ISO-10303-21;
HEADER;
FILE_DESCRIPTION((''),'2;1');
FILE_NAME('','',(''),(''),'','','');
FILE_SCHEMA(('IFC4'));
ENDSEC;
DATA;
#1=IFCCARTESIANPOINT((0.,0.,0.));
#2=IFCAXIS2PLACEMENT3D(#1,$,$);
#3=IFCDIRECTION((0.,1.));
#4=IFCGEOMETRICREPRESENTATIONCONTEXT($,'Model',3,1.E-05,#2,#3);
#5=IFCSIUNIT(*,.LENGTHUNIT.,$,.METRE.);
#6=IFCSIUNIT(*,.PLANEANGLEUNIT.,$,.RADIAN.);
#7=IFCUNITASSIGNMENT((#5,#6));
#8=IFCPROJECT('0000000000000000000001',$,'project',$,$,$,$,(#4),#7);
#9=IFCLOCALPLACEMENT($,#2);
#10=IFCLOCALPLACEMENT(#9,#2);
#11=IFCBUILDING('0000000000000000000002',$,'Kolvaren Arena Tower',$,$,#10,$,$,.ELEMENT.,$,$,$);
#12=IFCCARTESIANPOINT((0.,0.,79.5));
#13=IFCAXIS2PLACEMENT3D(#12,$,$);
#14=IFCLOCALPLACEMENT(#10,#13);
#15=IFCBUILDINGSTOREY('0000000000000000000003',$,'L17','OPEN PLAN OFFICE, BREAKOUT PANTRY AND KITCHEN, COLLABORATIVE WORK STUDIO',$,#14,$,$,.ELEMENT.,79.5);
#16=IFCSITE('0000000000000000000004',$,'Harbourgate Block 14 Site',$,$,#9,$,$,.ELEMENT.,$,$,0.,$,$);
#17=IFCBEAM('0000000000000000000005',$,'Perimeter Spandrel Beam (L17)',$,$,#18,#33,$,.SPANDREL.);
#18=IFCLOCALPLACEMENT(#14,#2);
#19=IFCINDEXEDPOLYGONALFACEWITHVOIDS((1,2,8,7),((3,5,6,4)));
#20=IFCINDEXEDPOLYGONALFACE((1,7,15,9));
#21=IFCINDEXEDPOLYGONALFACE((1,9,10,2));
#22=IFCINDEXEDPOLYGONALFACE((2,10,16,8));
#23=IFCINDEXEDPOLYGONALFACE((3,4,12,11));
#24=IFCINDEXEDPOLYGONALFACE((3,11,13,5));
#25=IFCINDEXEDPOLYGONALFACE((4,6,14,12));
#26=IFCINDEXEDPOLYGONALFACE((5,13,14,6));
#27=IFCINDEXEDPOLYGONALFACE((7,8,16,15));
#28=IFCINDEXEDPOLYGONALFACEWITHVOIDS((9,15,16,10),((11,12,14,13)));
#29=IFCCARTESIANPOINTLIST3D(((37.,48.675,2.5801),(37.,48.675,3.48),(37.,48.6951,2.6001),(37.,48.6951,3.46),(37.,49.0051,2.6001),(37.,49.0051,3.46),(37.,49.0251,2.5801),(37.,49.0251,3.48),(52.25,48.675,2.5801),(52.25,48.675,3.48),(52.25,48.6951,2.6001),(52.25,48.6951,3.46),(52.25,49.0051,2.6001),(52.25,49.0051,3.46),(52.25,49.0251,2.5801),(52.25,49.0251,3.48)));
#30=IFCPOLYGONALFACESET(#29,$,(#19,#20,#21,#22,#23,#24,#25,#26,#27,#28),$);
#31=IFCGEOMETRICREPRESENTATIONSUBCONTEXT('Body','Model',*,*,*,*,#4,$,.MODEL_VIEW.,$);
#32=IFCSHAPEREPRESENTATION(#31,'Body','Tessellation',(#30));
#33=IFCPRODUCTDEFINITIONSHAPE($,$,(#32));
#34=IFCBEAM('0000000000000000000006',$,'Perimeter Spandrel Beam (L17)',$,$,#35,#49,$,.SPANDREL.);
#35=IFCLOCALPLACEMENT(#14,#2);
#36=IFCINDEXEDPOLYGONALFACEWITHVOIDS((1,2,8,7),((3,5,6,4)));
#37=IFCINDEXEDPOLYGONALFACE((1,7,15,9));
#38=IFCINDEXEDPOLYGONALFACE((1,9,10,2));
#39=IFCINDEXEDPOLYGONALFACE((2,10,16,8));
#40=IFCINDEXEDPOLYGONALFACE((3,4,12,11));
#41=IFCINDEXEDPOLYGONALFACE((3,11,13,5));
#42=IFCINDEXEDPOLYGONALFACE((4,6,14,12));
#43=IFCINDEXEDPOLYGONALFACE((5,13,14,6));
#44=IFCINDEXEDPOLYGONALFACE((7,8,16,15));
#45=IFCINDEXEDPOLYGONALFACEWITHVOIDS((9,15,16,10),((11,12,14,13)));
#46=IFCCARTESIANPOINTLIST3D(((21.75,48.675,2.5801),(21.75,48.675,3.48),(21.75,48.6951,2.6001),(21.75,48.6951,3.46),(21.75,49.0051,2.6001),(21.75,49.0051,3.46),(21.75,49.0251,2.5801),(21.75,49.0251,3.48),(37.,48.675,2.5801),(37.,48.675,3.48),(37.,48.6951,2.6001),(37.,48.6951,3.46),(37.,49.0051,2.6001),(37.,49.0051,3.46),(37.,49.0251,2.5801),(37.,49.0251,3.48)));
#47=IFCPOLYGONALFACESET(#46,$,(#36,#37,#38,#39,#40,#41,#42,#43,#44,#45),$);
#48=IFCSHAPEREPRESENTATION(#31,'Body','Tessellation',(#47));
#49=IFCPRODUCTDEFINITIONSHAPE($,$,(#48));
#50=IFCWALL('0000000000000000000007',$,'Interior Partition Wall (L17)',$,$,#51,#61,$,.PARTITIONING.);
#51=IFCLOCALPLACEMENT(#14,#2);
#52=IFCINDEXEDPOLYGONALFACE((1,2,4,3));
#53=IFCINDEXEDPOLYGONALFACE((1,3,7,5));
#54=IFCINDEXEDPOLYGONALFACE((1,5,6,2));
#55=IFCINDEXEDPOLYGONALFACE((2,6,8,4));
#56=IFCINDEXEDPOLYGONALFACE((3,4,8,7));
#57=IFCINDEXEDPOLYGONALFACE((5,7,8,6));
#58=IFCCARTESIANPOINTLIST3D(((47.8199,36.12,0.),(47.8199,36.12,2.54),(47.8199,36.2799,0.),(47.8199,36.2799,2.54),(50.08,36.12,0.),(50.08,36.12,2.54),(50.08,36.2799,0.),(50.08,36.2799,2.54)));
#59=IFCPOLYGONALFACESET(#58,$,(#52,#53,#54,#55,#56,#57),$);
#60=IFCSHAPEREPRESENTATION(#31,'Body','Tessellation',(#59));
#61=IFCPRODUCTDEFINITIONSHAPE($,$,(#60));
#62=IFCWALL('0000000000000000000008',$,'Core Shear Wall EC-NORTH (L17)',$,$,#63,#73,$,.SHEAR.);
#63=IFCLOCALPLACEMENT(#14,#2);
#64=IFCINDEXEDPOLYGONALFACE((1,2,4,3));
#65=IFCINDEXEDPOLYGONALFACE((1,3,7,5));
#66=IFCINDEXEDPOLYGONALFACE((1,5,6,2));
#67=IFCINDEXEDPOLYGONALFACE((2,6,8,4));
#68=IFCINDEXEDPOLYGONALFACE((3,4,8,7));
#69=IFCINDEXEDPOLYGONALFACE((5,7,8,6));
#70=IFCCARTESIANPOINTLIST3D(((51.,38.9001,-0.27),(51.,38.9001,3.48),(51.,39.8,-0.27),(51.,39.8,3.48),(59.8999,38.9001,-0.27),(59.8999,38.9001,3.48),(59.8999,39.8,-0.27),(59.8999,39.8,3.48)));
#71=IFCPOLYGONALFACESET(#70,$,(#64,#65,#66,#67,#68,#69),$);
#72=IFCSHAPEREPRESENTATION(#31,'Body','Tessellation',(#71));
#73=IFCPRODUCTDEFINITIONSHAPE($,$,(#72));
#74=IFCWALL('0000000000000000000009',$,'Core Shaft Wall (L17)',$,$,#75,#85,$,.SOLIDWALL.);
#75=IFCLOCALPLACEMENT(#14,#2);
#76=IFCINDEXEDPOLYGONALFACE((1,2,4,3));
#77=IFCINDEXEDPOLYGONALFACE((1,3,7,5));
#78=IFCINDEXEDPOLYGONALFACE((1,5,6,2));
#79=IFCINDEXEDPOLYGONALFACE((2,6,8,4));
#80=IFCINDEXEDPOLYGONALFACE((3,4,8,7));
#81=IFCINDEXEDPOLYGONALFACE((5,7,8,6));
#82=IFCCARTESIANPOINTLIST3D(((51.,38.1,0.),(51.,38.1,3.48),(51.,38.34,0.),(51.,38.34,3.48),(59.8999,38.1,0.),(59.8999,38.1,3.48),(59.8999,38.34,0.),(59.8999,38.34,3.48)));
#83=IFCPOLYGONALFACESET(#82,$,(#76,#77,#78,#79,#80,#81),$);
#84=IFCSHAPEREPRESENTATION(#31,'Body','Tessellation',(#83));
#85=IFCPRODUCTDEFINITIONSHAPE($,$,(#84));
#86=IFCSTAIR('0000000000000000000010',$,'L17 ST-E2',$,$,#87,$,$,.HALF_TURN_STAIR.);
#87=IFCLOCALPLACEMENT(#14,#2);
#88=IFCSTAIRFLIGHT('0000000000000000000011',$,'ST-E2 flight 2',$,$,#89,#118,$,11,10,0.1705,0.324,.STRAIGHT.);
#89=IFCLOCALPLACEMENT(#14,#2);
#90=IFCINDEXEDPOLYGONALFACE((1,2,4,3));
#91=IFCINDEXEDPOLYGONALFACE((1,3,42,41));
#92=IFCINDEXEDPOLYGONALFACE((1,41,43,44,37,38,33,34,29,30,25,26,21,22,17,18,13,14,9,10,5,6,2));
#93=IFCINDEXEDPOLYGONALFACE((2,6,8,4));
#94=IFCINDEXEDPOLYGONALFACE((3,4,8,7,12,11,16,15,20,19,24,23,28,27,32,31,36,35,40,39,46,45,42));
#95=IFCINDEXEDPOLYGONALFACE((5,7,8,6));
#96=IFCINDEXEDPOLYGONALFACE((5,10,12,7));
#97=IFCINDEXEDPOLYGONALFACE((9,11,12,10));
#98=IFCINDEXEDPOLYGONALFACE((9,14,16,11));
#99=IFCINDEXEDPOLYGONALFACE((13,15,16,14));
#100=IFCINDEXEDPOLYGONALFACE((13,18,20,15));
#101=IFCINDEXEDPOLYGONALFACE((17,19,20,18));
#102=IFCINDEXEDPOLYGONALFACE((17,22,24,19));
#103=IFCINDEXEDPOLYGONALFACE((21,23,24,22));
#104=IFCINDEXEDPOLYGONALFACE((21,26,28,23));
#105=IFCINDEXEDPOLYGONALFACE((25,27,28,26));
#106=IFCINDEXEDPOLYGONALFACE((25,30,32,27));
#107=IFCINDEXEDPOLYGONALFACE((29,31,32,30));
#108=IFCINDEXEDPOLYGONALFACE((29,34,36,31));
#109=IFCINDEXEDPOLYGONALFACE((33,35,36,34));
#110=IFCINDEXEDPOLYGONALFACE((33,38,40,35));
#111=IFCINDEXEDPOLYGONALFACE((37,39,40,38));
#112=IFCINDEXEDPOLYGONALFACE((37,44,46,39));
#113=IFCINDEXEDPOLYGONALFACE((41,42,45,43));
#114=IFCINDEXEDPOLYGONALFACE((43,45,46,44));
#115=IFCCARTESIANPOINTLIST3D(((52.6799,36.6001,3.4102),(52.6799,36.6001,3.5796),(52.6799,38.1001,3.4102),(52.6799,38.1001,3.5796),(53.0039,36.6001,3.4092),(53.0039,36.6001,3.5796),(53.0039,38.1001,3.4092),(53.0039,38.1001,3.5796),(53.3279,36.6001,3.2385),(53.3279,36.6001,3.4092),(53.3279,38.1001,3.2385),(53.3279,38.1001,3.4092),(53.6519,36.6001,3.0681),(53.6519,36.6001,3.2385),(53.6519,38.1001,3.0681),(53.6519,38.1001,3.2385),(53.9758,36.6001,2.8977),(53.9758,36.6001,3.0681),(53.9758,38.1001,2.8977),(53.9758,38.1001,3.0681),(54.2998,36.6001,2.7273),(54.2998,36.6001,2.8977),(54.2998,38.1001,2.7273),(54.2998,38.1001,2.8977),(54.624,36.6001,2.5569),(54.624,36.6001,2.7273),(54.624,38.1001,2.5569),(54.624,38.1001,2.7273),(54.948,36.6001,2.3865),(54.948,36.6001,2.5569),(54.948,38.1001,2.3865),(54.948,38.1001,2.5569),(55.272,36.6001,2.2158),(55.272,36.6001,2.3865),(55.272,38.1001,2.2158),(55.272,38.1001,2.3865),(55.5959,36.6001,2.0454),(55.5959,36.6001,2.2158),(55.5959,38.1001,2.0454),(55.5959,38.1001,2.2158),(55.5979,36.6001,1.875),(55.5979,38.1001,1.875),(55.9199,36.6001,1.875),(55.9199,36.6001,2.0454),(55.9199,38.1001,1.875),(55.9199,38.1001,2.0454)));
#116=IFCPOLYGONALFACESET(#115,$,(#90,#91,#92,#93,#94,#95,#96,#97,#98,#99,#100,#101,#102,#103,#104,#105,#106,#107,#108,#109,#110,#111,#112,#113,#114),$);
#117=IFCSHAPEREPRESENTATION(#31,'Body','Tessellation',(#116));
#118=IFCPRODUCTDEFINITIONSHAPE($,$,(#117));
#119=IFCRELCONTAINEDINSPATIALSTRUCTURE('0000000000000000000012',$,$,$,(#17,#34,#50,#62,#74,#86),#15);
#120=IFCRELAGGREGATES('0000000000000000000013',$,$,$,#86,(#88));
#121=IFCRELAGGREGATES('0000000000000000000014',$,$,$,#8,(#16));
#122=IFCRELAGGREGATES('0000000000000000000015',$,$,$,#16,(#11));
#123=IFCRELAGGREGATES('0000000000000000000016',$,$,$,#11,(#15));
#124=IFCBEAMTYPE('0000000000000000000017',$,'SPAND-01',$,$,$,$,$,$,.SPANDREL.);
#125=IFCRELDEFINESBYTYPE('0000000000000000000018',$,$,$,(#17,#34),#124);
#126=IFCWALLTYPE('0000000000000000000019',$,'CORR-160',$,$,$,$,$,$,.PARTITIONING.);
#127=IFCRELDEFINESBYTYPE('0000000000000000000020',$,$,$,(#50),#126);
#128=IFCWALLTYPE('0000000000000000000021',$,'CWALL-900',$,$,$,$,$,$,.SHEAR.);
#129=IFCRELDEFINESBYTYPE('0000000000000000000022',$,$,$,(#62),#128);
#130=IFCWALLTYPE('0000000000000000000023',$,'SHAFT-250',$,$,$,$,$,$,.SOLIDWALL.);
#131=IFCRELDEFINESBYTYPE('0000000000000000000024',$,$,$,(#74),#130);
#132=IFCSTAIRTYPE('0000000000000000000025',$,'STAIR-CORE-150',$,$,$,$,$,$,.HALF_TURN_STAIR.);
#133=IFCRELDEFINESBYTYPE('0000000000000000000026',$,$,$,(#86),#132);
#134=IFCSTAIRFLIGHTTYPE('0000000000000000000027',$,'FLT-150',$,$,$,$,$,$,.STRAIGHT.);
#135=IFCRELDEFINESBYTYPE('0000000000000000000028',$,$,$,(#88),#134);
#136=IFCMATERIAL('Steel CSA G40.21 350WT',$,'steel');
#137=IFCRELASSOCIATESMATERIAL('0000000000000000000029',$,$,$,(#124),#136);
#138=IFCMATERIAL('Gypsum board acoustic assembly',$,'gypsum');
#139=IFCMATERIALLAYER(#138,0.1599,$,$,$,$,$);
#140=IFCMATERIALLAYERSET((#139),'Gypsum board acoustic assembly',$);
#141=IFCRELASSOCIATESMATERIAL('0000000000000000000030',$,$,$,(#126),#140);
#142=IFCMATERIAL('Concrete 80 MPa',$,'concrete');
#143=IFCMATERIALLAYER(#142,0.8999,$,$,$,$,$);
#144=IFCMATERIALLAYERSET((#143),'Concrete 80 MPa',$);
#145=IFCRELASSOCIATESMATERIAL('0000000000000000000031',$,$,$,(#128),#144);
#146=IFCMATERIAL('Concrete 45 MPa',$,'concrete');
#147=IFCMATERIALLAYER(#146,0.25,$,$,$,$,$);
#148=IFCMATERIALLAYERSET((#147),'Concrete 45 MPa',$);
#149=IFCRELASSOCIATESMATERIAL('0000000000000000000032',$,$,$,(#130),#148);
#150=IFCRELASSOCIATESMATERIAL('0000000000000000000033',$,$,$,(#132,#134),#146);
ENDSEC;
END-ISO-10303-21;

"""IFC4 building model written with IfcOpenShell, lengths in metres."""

from ifc_helpers import new_model, si_unit, direction, frame, frame_2d, origin, origin_2d, place, context, subcontext, project, spatial, polyline, rectangle, hollow_rectangle, outline, extrude, material, layer, layer_set, material_profile, profile_set, type_object, element, aggregate, save


model = new_model("IFC4")

# Units and contexts
model_context = context("Model", 3, precision=1e-05, world=origin(), true_north=direction((0.0, 1.0)))
body_context = subcontext(model_context, "Body", "Model", "MODEL_VIEW")
ifc_project = project(units=[si_unit("LENGTHUNIT", "METRE"), si_unit("PLANEANGLEUNIT", "RADIAN")], contexts=[model_context])

# Site, building, storey
site_placement = place(None, origin())
site = spatial("IfcSite", under=ifc_project, at=site_placement, Name="Harbourgate Block 14 Site", CompositionType="ELEMENT", RefElevation=0.0)
building_placement = place(site_placement, origin())
building = spatial("IfcBuilding", under=site, at=building_placement, Name="Kolvaren Arena Tower", CompositionType="ELEMENT")
storey_placement = place(building_placement, frame((0.0, 0.0, 79.5)))
storey = spatial("IfcBuildingStorey", under=building, at=storey_placement, Name="L17", Description="OPEN PLAN OFFICE, BREAKOUT PANTRY AND KITCHEN, COLLABORATIVE WORK STUDIO", CompositionType="ELEMENT", Elevation=79.5)

# Beams
ifc_material_1 = material(Name="Steel CSA G40.21 350WT", Category="steel")
ifc_material_profile_1 = material_profile(ifc_material_1, hollow_rectangle(XDim=0.3501, YDim=0.8999, WallThickness=0.02, at=origin_2d()), Name="HSS 900x350x20")
ifc_profile_set_1 = profile_set([ifc_material_profile_1], Name="Steel CSA G40.21 350WT")
beam_type_1 = type_object("IfcBeamType", Name="SPAND-01", PredefinedType="SPANDREL", material=ifc_profile_set_1)
for number, where, z_axis, x_axis, name in (
    (1, (52.25, 48.8501, 3.03), (-1.0, 0.0, 0.0), (0.0, -1.0, 0.0), "Perimeter Spandrel Beam (L17)"),
    (2, (37.0, 48.8501, 3.03), (-1.0, 0.0, 0.0), (0.0, -1.0, 0.0), "Perimeter Spandrel Beam (L17)"),
):
    element("IfcBeam", number, at=place(storey_placement, frame(where, z_axis=z_axis, x_axis=x_axis)), inside=storey, type_object=beam_type_1, Name=name, PredefinedType="SPANDREL", context=body_context, shape_type="SweptSolid", body=[
        extrude(hollow_rectangle(XDim=0.3501, YDim=0.8999, WallThickness=0.02, at=origin_2d()), origin(), (0.0, 0.0, 1.0), 15.25),
    ])

# Walls
ifc_material_2 = material(Name="Gypsum board acoustic assembly", Category="gypsum")
ifc_layer_1 = layer(ifc_material_2, 0.1599)
ifc_layer_set_1 = layer_set([ifc_layer_1], Name="Gypsum board acoustic assembly")
wall_type_1 = type_object("IfcWallType", Name="CORR-160", PredefinedType="PARTITIONING", material=ifc_layer_set_1)
wall_1_placement = place(storey_placement, frame((47.8201, 36.2, 0.0), z_axis=(0.0, 0.0, 1.0), x_axis=(1.0, 0.0, 0.0)))
element("IfcWall", 3, at=wall_1_placement, inside=storey, type_object=wall_type_1, Name="Interior Partition Wall (L17)", PredefinedType="PARTITIONING", context=body_context, shape_type="SweptSolid", body=[
    extrude(rectangle(XDim=2.26, YDim=0.1599, at=frame_2d((1.1299, 0.0))), origin(), (0.0, 0.0, 1.0), 2.54),
])
ifc_material_3 = material(Name="Concrete 80 MPa", Category="concrete")
ifc_layer_2 = layer(ifc_material_3, 0.8999)
ifc_layer_set_2 = layer_set([ifc_layer_2], Name="Concrete 80 MPa")
wall_type_2 = type_object("IfcWallType", Name="CWALL-900", PredefinedType="SHEAR", material=ifc_layer_set_2)
wall_2_placement = place(storey_placement, frame((51.0, 39.3501, -0.27), z_axis=(0.0, 0.0, 1.0), x_axis=(1.0, 0.0, 0.0)))
element("IfcWall", 4, at=wall_2_placement, inside=storey, type_object=wall_type_2, Name="Core Shear Wall EC-NORTH (L17)", PredefinedType="SHEAR", context=body_context, shape_type="SweptSolid", body=[
    extrude(rectangle(XDim=8.8999, YDim=0.8999, at=frame_2d((4.45, 0.0))), origin(), (0.0, 0.0, 1.0), 3.75),
])
ifc_material_4 = material(Name="Concrete 45 MPa", Category="concrete")
ifc_layer_3 = layer(ifc_material_4, 0.25)
ifc_layer_set_3 = layer_set([ifc_layer_3], Name="Concrete 45 MPa")
wall_type_3 = type_object("IfcWallType", Name="SHAFT-250", PredefinedType="SOLIDWALL", material=ifc_layer_set_3)
wall_3_placement = place(storey_placement, frame((51.0, 38.22, 0.0), z_axis=(0.0, 0.0, 1.0), x_axis=(1.0, 0.0, 0.0)))
element("IfcWall", 5, at=wall_3_placement, inside=storey, type_object=wall_type_3, Name="Core Shaft Wall (L17)", PredefinedType="SOLIDWALL", context=body_context, shape_type="SweptSolid", body=[
    extrude(rectangle(XDim=8.8999, YDim=0.24, at=frame_2d((4.45, 0.0))), origin(), (0.0, 0.0, 1.0), 3.48),
])

# Stair, stair flight
stair_type = type_object("IfcStairType", Name="STAIR-CORE-150", PredefinedType="HALF_TURN_STAIR", material=ifc_material_4)
stair_placement = place(storey_placement, origin())
stair = element("IfcStair", 6, at=stair_placement, inside=storey, type_object=stair_type, Name="L17 ST-E2", PredefinedType="HALF_TURN_STAIR")
stair_flight_type = type_object("IfcStairFlightType", Name="FLT-150", PredefinedType="STRAIGHT", material=ifc_material_4)
stair_flight_placement = place(storey_placement, frame((55.9199, 37.3501, 1.875), z_axis=(0.0, 0.0, 1.0), x_axis=(-1.0, 0.0, 0.0)))
stair_flight = element("IfcStairFlight", 7, at=stair_flight_placement, type_object=stair_flight_type, Name="ST-E2 flight 2", NumberOfRisers=11, NumberOfTreads=10, PredefinedType="STRAIGHT", RiserHeight=0.1705, TreadLength=0.324, context=body_context, shape_type="SweptSolid", body=[
    extrude(outline(polyline([(0.0, 0.0), (0.0, 0.1704), (0.324, 0.1704), (0.324, 0.3408), (0.6479, 0.3408), (0.6479, 0.5115), (0.9719, 0.5115), (0.9719, 0.6819), (1.2959, 0.6819), (1.2959, 0.8523), (1.6201, 0.8523), (1.6201, 1.0227), (1.9441, 1.0227), (1.9441, 1.1931), (2.2681, 1.1931), (2.2681, 1.3635), (2.592, 1.3635), (2.592, 1.5342), (2.916, 1.5342), (2.916, 1.7046), (3.24, 1.7046), (3.24, 1.875), (3.24, 1.5352), (0.322, 0.0), (0.0, 0.0)])), frame((0.0, 0.75, 0.0), z_axis=(0.0, -1.0, 0.0), x_axis=(1.0, 0.0, 0.0)), (0.0, 0.0, 1.0), 1.5),
])
aggregate(stair, [stair_flight])

save(model, "model.ifc")
